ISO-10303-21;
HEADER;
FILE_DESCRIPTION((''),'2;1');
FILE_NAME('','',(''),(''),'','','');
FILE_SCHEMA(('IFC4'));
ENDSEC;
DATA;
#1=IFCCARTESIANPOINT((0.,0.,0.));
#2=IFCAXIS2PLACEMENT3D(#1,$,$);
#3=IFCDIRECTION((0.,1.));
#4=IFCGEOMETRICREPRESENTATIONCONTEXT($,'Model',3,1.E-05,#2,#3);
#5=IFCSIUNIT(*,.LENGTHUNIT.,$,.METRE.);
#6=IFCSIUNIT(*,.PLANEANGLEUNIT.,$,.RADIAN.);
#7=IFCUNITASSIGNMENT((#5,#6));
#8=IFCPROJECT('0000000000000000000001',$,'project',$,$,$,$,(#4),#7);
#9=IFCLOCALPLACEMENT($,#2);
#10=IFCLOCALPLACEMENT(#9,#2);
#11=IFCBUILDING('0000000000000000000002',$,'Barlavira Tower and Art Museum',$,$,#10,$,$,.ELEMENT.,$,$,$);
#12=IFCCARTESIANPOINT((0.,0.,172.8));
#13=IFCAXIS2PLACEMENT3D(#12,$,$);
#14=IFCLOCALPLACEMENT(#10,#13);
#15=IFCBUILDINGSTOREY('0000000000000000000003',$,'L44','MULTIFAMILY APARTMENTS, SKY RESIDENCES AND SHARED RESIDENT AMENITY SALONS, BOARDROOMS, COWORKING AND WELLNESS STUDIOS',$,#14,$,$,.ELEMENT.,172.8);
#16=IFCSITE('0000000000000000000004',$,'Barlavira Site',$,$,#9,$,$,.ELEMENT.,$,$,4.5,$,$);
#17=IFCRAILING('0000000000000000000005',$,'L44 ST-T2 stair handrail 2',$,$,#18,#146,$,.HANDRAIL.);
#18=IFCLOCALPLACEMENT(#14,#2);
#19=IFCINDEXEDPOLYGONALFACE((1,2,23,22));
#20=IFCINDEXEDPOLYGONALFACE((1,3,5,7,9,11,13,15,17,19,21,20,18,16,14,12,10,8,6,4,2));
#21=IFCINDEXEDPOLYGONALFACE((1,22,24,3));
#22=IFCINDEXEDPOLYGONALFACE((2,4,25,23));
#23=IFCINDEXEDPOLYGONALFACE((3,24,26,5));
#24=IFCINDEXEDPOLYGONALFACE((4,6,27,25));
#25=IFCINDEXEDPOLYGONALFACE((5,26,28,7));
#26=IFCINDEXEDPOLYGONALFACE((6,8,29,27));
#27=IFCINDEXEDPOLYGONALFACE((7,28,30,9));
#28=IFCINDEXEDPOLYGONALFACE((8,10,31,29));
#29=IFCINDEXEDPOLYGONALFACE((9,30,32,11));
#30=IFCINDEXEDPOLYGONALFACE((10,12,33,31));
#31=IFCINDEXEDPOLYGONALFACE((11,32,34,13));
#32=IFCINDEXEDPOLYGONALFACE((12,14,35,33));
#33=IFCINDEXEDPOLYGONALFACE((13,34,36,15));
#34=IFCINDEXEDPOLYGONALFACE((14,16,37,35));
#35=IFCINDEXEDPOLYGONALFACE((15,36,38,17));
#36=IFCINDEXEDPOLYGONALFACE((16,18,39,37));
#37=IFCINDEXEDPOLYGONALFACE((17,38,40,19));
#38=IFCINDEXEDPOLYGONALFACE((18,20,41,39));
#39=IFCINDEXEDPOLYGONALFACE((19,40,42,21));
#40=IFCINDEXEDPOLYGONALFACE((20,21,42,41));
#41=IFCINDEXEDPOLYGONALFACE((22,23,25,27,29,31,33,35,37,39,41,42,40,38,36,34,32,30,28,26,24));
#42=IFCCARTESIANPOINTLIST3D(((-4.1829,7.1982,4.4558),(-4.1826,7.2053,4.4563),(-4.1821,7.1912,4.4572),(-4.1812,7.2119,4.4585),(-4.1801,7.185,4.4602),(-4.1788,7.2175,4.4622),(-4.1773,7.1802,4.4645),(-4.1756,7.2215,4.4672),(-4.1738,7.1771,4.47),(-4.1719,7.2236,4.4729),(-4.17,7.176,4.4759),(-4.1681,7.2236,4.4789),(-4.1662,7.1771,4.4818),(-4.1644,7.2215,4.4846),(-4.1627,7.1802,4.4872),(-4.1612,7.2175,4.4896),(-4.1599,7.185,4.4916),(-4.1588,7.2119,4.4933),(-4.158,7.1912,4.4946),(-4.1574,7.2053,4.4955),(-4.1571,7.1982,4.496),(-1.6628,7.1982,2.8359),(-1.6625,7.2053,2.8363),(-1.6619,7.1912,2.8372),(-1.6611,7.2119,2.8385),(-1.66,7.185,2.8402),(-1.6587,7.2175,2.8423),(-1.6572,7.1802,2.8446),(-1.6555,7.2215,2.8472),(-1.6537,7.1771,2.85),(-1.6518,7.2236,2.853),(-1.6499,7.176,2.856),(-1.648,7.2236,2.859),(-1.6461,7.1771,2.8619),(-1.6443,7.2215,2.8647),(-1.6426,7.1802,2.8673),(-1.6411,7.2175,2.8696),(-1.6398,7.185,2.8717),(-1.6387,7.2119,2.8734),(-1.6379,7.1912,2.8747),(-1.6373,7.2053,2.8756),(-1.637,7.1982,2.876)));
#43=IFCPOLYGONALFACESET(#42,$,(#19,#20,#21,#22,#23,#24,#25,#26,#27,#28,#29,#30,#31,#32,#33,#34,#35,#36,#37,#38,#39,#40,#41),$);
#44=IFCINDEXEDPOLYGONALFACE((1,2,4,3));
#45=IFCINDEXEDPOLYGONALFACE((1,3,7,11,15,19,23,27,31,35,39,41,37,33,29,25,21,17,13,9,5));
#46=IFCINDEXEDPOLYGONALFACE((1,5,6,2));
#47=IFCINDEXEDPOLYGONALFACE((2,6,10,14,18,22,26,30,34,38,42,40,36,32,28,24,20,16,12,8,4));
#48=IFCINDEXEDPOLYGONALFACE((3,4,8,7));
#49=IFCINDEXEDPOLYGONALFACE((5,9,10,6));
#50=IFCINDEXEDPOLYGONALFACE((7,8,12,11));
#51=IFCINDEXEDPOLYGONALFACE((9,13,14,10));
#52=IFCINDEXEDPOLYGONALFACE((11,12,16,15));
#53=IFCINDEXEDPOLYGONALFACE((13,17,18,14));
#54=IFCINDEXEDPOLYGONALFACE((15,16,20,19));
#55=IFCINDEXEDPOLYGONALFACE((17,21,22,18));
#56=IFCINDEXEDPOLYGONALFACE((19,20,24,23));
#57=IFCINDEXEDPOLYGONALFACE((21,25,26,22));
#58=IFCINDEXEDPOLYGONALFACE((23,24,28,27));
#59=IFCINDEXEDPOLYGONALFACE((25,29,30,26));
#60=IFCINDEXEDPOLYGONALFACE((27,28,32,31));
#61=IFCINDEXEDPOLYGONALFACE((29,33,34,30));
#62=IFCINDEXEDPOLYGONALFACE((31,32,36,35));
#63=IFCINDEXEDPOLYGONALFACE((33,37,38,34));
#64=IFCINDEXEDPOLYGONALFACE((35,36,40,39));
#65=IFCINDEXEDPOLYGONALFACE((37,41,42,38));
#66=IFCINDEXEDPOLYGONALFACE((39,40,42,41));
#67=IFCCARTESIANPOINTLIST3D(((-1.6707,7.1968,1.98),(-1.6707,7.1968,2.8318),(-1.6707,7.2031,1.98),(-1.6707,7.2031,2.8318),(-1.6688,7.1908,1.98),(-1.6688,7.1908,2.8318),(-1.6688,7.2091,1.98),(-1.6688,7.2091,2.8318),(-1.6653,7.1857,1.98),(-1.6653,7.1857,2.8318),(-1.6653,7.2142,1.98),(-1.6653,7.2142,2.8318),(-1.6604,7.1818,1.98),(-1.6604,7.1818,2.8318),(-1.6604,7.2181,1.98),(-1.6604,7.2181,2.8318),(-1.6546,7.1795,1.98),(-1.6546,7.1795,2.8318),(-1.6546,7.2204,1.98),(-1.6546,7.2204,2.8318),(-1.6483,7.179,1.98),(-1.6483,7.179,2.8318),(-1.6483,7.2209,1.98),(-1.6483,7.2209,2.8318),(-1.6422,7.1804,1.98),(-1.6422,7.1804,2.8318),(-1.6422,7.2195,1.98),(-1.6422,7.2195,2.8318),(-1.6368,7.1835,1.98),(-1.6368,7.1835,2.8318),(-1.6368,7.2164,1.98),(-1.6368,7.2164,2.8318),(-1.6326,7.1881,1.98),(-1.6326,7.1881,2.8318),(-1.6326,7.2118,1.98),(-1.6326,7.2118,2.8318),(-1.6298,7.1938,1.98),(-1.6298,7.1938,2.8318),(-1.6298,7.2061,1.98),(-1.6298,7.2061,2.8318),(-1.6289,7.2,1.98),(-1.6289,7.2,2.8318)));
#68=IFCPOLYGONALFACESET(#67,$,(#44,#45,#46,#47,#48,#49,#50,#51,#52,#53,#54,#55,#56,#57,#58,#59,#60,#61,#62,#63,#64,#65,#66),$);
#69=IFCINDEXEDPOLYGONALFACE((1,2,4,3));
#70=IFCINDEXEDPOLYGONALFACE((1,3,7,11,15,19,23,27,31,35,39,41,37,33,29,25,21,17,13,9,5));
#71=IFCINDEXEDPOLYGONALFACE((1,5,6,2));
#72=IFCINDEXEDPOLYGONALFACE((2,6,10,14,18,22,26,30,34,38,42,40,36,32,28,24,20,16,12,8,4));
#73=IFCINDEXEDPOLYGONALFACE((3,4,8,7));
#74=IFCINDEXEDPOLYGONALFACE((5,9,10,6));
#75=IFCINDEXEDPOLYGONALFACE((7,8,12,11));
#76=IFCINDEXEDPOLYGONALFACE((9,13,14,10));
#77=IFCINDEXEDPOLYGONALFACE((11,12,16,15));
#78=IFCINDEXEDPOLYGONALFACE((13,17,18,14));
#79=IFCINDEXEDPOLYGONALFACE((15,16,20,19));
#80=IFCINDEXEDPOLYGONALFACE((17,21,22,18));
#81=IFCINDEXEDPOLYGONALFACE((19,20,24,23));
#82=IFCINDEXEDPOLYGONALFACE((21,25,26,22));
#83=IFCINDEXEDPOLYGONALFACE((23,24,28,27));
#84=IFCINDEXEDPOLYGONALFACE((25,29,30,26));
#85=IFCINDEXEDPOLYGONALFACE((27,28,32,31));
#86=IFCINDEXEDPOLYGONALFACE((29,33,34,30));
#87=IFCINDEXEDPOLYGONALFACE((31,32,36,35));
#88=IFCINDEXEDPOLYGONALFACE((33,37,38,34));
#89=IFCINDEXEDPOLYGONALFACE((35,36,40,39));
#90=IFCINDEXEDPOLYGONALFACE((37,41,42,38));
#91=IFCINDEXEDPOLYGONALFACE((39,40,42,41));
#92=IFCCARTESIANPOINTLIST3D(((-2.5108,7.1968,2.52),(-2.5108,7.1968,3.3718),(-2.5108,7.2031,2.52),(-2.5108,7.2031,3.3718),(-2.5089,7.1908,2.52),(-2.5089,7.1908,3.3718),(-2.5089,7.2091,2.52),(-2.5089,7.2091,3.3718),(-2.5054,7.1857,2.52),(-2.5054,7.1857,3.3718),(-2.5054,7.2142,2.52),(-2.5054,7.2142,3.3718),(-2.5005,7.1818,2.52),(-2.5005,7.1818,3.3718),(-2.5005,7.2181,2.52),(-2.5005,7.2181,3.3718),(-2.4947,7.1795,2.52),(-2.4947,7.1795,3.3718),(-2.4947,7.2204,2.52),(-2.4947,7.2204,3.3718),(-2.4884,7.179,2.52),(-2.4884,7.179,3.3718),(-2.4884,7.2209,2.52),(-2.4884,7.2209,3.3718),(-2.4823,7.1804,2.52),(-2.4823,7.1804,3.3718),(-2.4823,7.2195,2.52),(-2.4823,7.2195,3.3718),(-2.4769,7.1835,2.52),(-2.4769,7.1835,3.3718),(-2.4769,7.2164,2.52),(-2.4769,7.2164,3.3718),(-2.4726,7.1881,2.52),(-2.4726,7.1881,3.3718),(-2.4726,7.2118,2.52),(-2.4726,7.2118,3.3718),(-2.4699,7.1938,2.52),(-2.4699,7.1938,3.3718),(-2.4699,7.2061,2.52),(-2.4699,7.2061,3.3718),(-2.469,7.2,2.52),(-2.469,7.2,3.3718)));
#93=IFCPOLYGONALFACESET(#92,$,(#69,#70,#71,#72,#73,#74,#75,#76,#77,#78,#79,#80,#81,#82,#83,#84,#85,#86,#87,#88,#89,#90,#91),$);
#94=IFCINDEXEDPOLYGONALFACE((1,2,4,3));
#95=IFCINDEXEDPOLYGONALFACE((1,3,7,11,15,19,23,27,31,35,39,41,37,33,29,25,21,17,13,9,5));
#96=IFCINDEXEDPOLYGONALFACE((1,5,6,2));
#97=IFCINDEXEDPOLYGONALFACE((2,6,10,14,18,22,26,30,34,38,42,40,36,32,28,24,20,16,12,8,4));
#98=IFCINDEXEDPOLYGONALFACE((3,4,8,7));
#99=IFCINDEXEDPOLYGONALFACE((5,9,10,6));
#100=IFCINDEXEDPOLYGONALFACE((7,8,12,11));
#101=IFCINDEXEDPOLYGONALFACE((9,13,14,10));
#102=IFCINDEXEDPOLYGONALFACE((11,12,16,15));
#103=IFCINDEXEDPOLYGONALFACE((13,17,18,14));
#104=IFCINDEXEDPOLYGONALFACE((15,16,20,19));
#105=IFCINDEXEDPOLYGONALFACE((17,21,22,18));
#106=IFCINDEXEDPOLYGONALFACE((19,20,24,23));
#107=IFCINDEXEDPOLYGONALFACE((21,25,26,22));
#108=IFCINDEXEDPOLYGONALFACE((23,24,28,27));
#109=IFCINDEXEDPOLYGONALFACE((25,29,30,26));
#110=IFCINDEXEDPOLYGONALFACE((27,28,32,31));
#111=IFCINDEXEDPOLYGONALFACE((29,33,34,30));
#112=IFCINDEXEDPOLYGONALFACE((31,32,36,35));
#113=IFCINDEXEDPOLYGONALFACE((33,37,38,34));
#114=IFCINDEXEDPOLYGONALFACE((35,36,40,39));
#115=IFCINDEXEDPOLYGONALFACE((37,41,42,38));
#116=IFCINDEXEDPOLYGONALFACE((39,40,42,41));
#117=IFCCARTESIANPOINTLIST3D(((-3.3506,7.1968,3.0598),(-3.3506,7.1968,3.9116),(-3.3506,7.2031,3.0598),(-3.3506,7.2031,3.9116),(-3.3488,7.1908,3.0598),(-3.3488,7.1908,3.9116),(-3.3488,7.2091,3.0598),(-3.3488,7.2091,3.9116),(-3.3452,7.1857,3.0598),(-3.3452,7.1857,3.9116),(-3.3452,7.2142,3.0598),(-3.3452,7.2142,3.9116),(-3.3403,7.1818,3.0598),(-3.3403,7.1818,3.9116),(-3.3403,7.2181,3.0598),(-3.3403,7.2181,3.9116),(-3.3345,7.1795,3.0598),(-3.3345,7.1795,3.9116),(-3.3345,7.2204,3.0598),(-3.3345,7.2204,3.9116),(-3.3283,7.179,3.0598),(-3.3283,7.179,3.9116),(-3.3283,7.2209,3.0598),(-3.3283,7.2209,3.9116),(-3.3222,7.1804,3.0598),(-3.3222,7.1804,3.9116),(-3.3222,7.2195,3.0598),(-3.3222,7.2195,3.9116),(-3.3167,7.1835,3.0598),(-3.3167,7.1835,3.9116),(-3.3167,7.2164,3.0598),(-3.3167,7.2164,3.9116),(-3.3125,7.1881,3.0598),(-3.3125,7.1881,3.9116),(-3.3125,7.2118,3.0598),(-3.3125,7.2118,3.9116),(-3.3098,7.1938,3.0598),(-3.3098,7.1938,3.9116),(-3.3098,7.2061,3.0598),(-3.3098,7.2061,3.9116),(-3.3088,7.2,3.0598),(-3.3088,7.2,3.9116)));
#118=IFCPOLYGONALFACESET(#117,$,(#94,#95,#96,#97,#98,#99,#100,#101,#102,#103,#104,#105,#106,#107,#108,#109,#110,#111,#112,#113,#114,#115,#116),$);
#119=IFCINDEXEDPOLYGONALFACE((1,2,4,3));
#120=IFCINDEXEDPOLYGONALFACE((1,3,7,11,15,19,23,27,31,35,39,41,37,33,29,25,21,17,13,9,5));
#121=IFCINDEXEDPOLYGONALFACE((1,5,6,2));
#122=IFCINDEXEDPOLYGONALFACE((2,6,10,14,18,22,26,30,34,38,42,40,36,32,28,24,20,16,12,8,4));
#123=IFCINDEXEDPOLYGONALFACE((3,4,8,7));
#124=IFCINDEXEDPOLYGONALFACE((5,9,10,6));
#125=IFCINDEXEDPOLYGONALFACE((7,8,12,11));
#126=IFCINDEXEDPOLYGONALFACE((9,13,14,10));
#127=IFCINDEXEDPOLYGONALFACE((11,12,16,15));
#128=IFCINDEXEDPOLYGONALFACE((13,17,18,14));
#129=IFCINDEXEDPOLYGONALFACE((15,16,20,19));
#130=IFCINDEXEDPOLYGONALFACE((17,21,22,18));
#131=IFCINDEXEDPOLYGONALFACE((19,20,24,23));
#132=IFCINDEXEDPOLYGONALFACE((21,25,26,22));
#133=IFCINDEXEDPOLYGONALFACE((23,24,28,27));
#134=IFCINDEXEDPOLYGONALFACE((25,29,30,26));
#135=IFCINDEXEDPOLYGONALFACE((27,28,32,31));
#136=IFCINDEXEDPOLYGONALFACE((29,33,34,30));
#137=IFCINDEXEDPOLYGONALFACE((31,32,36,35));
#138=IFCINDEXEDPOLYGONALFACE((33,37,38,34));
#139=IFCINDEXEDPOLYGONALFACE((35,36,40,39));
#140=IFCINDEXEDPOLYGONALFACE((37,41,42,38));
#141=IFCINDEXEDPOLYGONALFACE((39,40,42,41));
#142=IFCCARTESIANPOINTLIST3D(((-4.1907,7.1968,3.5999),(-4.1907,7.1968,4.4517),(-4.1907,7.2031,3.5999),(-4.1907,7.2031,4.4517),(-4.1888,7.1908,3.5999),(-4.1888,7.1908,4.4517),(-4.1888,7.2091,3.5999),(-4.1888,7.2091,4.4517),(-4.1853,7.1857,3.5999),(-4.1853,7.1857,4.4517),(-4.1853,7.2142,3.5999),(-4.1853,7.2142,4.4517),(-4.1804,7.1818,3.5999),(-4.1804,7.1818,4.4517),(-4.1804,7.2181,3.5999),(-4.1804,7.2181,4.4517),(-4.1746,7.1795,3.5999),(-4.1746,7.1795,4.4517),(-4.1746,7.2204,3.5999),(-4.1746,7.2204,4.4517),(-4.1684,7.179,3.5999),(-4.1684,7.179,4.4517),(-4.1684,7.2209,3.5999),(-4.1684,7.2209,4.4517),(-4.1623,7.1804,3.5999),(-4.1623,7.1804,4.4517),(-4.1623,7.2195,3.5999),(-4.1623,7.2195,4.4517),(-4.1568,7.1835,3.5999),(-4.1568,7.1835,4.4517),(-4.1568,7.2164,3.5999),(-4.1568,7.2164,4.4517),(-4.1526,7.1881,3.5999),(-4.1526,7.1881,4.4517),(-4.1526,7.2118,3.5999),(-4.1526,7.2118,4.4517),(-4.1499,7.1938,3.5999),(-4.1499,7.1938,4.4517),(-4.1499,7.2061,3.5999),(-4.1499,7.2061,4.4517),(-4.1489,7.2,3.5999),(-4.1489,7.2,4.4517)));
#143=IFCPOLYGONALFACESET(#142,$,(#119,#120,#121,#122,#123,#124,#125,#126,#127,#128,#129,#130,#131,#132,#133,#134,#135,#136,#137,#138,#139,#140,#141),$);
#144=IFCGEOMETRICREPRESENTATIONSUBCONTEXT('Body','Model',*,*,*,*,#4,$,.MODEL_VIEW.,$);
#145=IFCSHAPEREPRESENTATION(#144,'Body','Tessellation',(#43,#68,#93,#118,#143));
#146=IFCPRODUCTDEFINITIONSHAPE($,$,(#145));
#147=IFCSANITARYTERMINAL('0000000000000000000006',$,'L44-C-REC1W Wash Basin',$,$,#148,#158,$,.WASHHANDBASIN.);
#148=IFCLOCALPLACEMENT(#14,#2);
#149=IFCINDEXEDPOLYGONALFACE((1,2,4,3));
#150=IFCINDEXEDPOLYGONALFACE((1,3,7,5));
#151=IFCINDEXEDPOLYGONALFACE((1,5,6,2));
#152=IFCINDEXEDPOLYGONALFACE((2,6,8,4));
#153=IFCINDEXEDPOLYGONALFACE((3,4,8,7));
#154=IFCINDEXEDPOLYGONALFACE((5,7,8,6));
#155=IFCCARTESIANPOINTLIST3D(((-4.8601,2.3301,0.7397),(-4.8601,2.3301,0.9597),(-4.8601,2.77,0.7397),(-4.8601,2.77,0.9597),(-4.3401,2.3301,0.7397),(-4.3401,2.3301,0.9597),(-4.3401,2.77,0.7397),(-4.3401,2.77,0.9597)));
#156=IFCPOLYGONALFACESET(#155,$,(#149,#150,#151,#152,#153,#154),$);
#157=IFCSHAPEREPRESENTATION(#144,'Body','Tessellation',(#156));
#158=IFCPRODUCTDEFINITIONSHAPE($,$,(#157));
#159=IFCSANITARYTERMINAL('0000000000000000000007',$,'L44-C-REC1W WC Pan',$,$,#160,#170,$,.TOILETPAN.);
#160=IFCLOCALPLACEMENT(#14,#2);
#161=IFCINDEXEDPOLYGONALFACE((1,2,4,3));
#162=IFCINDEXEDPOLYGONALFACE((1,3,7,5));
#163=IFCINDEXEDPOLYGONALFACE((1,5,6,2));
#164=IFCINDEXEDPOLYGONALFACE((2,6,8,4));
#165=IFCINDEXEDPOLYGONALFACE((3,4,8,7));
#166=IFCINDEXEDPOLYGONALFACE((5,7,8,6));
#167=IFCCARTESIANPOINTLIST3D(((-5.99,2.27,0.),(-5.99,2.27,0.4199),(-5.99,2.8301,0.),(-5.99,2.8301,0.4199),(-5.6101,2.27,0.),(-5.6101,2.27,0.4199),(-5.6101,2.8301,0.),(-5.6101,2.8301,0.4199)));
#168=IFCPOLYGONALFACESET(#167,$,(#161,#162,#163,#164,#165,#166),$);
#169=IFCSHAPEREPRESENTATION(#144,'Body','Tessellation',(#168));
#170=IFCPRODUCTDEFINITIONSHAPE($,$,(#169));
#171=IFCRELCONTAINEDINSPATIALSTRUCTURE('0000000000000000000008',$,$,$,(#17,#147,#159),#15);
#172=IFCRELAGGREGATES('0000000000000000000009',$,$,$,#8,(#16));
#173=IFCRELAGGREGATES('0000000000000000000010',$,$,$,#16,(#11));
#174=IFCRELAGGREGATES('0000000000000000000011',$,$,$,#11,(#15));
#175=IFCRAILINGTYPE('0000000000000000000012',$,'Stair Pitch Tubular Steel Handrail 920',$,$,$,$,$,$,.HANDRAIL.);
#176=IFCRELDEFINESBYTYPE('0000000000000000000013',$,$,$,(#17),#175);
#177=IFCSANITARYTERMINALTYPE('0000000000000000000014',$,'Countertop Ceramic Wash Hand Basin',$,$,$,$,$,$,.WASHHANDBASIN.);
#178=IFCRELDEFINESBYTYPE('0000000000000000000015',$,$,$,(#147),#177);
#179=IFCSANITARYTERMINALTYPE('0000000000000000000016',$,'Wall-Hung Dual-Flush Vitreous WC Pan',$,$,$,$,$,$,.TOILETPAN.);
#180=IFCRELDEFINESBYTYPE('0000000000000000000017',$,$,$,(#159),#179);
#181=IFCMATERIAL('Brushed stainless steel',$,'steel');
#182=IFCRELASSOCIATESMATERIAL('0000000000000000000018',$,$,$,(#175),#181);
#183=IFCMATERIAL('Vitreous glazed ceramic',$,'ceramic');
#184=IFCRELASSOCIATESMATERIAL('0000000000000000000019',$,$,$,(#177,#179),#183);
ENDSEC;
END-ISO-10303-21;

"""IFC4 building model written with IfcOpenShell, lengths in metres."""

from ifc_helpers import new_model, si_unit, direction, frame, origin, origin_2d, place, context, subcontext, project, spatial, rectangle, circle, extrude, material, type_object, element, save


model = new_model("IFC4")

# Units and contexts
model_context = context("Model", 3, precision=1e-05, world=origin(), true_north=direction((0.0, 1.0)))
body_context = subcontext(model_context, "Body", "Model", "MODEL_VIEW")
ifc_project = project(units=[si_unit("LENGTHUNIT", "METRE"), si_unit("PLANEANGLEUNIT", "RADIAN")], contexts=[model_context])

# Site, building, storey
site_placement = place(None, origin())
site = spatial("IfcSite", under=ifc_project, at=site_placement, Name="Barlavira Site", CompositionType="ELEMENT", RefElevation=4.5)
building_placement = place(site_placement, origin())
building = spatial("IfcBuilding", under=site, at=building_placement, Name="Barlavira Tower and Art Museum", CompositionType="ELEMENT")
storey_placement = place(building_placement, frame((0.0, 0.0, 172.8)))
storey = spatial("IfcBuildingStorey", under=building, at=storey_placement, Name="L44", Description="MULTIFAMILY APARTMENTS, SKY RESIDENCES AND SHARED RESIDENT AMENITY SALONS, BOARDROOMS, COWORKING AND WELLNESS STUDIOS", CompositionType="ELEMENT", Elevation=172.8)

# Shared definitions
ifc_material_1 = material(Name="Brushed stainless steel", Category="steel")

# Railing
railing_type_1 = type_object("IfcRailingType", Name="Stair Pitch Tubular Steel Handrail 920", PredefinedType="HANDRAIL", material=ifc_material_1)
railing_1_placement = place(storey_placement, frame((-1.6499, 7.2, 1.98)))
element("IfcRailing", 1, at=railing_1_placement, inside=storey, type_object=railing_type_1, Name="L44 ST-T2 stair handrail 2", PredefinedType="HANDRAIL", context=body_context, shape_type="SweptSolid", body=[
    extrude(circle(Radius=0.0239, at=origin_2d()), frame((0.0, 0.0, 0.876), z_axis=(-0.8412, 0.0, 0.540725), x_axis=(0.0, -1.0, 0.0)), (0.0, 0.0, 1.0), 2.9958),
    extrude(circle(Radius=0.021, at=origin_2d()), origin(), (0.0, 0.0, 1.0), 0.8518),
    extrude(circle(Radius=0.021, at=origin_2d()), frame((-0.8401, 0.0, 0.54)), (0.0, 0.0, 1.0), 0.8518),
    extrude(circle(Radius=0.021, at=origin_2d()), frame((-1.6799, 0.0, 1.0798)), (0.0, 0.0, 1.0), 0.8518),
    extrude(circle(Radius=0.021, at=origin_2d()), frame((-2.52, 0.0, 1.6199)), (0.0, 0.0, 1.0), 0.8518),
])

# Sanitary terminals
ifc_material_2 = material(Name="Vitreous glazed ceramic", Category="ceramic")
sanitary_terminal_type_1 = type_object("IfcSanitaryTerminalType", Name="Countertop Ceramic Wash Hand Basin", PredefinedType="WASHHANDBASIN", material=ifc_material_2)
sanitary_terminal_1_placement = place(storey_placement, frame((-4.6001, 2.55, 0.7397), z_axis=(0.0, 0.0, 1.0), x_axis=(1.0, 0.0, 0.0)))
element("IfcSanitaryTerminal", 2, at=sanitary_terminal_1_placement, inside=storey, type_object=sanitary_terminal_type_1, Name="L44-C-REC1W Wash Basin", PredefinedType="WASHHANDBASIN", context=body_context, shape_type="SweptSolid", body=[
    extrude(rectangle(XDim=0.52, YDim=0.4399, at=origin_2d()), origin(), (0.0, 0.0, 1.0), 0.22),
])
sanitary_terminal_type_2 = type_object("IfcSanitaryTerminalType", Name="Wall-Hung Dual-Flush Vitreous WC Pan", PredefinedType="TOILETPAN", material=ifc_material_2)
sanitary_terminal_2_placement = place(storey_placement, frame((-5.8, 2.55, 0.0), z_axis=(0.0, 0.0, 1.0), x_axis=(1.0, 0.0, 0.0)))
element("IfcSanitaryTerminal", 3, at=sanitary_terminal_2_placement, inside=storey, type_object=sanitary_terminal_type_2, Name="L44-C-REC1W WC Pan", PredefinedType="TOILETPAN", context=body_context, shape_type="SweptSolid", body=[
    extrude(rectangle(XDim=0.3799, YDim=0.5601, at=origin_2d()), origin(), (0.0, 0.0, 1.0), 0.4199),
])

save(model, "model.ifc")
